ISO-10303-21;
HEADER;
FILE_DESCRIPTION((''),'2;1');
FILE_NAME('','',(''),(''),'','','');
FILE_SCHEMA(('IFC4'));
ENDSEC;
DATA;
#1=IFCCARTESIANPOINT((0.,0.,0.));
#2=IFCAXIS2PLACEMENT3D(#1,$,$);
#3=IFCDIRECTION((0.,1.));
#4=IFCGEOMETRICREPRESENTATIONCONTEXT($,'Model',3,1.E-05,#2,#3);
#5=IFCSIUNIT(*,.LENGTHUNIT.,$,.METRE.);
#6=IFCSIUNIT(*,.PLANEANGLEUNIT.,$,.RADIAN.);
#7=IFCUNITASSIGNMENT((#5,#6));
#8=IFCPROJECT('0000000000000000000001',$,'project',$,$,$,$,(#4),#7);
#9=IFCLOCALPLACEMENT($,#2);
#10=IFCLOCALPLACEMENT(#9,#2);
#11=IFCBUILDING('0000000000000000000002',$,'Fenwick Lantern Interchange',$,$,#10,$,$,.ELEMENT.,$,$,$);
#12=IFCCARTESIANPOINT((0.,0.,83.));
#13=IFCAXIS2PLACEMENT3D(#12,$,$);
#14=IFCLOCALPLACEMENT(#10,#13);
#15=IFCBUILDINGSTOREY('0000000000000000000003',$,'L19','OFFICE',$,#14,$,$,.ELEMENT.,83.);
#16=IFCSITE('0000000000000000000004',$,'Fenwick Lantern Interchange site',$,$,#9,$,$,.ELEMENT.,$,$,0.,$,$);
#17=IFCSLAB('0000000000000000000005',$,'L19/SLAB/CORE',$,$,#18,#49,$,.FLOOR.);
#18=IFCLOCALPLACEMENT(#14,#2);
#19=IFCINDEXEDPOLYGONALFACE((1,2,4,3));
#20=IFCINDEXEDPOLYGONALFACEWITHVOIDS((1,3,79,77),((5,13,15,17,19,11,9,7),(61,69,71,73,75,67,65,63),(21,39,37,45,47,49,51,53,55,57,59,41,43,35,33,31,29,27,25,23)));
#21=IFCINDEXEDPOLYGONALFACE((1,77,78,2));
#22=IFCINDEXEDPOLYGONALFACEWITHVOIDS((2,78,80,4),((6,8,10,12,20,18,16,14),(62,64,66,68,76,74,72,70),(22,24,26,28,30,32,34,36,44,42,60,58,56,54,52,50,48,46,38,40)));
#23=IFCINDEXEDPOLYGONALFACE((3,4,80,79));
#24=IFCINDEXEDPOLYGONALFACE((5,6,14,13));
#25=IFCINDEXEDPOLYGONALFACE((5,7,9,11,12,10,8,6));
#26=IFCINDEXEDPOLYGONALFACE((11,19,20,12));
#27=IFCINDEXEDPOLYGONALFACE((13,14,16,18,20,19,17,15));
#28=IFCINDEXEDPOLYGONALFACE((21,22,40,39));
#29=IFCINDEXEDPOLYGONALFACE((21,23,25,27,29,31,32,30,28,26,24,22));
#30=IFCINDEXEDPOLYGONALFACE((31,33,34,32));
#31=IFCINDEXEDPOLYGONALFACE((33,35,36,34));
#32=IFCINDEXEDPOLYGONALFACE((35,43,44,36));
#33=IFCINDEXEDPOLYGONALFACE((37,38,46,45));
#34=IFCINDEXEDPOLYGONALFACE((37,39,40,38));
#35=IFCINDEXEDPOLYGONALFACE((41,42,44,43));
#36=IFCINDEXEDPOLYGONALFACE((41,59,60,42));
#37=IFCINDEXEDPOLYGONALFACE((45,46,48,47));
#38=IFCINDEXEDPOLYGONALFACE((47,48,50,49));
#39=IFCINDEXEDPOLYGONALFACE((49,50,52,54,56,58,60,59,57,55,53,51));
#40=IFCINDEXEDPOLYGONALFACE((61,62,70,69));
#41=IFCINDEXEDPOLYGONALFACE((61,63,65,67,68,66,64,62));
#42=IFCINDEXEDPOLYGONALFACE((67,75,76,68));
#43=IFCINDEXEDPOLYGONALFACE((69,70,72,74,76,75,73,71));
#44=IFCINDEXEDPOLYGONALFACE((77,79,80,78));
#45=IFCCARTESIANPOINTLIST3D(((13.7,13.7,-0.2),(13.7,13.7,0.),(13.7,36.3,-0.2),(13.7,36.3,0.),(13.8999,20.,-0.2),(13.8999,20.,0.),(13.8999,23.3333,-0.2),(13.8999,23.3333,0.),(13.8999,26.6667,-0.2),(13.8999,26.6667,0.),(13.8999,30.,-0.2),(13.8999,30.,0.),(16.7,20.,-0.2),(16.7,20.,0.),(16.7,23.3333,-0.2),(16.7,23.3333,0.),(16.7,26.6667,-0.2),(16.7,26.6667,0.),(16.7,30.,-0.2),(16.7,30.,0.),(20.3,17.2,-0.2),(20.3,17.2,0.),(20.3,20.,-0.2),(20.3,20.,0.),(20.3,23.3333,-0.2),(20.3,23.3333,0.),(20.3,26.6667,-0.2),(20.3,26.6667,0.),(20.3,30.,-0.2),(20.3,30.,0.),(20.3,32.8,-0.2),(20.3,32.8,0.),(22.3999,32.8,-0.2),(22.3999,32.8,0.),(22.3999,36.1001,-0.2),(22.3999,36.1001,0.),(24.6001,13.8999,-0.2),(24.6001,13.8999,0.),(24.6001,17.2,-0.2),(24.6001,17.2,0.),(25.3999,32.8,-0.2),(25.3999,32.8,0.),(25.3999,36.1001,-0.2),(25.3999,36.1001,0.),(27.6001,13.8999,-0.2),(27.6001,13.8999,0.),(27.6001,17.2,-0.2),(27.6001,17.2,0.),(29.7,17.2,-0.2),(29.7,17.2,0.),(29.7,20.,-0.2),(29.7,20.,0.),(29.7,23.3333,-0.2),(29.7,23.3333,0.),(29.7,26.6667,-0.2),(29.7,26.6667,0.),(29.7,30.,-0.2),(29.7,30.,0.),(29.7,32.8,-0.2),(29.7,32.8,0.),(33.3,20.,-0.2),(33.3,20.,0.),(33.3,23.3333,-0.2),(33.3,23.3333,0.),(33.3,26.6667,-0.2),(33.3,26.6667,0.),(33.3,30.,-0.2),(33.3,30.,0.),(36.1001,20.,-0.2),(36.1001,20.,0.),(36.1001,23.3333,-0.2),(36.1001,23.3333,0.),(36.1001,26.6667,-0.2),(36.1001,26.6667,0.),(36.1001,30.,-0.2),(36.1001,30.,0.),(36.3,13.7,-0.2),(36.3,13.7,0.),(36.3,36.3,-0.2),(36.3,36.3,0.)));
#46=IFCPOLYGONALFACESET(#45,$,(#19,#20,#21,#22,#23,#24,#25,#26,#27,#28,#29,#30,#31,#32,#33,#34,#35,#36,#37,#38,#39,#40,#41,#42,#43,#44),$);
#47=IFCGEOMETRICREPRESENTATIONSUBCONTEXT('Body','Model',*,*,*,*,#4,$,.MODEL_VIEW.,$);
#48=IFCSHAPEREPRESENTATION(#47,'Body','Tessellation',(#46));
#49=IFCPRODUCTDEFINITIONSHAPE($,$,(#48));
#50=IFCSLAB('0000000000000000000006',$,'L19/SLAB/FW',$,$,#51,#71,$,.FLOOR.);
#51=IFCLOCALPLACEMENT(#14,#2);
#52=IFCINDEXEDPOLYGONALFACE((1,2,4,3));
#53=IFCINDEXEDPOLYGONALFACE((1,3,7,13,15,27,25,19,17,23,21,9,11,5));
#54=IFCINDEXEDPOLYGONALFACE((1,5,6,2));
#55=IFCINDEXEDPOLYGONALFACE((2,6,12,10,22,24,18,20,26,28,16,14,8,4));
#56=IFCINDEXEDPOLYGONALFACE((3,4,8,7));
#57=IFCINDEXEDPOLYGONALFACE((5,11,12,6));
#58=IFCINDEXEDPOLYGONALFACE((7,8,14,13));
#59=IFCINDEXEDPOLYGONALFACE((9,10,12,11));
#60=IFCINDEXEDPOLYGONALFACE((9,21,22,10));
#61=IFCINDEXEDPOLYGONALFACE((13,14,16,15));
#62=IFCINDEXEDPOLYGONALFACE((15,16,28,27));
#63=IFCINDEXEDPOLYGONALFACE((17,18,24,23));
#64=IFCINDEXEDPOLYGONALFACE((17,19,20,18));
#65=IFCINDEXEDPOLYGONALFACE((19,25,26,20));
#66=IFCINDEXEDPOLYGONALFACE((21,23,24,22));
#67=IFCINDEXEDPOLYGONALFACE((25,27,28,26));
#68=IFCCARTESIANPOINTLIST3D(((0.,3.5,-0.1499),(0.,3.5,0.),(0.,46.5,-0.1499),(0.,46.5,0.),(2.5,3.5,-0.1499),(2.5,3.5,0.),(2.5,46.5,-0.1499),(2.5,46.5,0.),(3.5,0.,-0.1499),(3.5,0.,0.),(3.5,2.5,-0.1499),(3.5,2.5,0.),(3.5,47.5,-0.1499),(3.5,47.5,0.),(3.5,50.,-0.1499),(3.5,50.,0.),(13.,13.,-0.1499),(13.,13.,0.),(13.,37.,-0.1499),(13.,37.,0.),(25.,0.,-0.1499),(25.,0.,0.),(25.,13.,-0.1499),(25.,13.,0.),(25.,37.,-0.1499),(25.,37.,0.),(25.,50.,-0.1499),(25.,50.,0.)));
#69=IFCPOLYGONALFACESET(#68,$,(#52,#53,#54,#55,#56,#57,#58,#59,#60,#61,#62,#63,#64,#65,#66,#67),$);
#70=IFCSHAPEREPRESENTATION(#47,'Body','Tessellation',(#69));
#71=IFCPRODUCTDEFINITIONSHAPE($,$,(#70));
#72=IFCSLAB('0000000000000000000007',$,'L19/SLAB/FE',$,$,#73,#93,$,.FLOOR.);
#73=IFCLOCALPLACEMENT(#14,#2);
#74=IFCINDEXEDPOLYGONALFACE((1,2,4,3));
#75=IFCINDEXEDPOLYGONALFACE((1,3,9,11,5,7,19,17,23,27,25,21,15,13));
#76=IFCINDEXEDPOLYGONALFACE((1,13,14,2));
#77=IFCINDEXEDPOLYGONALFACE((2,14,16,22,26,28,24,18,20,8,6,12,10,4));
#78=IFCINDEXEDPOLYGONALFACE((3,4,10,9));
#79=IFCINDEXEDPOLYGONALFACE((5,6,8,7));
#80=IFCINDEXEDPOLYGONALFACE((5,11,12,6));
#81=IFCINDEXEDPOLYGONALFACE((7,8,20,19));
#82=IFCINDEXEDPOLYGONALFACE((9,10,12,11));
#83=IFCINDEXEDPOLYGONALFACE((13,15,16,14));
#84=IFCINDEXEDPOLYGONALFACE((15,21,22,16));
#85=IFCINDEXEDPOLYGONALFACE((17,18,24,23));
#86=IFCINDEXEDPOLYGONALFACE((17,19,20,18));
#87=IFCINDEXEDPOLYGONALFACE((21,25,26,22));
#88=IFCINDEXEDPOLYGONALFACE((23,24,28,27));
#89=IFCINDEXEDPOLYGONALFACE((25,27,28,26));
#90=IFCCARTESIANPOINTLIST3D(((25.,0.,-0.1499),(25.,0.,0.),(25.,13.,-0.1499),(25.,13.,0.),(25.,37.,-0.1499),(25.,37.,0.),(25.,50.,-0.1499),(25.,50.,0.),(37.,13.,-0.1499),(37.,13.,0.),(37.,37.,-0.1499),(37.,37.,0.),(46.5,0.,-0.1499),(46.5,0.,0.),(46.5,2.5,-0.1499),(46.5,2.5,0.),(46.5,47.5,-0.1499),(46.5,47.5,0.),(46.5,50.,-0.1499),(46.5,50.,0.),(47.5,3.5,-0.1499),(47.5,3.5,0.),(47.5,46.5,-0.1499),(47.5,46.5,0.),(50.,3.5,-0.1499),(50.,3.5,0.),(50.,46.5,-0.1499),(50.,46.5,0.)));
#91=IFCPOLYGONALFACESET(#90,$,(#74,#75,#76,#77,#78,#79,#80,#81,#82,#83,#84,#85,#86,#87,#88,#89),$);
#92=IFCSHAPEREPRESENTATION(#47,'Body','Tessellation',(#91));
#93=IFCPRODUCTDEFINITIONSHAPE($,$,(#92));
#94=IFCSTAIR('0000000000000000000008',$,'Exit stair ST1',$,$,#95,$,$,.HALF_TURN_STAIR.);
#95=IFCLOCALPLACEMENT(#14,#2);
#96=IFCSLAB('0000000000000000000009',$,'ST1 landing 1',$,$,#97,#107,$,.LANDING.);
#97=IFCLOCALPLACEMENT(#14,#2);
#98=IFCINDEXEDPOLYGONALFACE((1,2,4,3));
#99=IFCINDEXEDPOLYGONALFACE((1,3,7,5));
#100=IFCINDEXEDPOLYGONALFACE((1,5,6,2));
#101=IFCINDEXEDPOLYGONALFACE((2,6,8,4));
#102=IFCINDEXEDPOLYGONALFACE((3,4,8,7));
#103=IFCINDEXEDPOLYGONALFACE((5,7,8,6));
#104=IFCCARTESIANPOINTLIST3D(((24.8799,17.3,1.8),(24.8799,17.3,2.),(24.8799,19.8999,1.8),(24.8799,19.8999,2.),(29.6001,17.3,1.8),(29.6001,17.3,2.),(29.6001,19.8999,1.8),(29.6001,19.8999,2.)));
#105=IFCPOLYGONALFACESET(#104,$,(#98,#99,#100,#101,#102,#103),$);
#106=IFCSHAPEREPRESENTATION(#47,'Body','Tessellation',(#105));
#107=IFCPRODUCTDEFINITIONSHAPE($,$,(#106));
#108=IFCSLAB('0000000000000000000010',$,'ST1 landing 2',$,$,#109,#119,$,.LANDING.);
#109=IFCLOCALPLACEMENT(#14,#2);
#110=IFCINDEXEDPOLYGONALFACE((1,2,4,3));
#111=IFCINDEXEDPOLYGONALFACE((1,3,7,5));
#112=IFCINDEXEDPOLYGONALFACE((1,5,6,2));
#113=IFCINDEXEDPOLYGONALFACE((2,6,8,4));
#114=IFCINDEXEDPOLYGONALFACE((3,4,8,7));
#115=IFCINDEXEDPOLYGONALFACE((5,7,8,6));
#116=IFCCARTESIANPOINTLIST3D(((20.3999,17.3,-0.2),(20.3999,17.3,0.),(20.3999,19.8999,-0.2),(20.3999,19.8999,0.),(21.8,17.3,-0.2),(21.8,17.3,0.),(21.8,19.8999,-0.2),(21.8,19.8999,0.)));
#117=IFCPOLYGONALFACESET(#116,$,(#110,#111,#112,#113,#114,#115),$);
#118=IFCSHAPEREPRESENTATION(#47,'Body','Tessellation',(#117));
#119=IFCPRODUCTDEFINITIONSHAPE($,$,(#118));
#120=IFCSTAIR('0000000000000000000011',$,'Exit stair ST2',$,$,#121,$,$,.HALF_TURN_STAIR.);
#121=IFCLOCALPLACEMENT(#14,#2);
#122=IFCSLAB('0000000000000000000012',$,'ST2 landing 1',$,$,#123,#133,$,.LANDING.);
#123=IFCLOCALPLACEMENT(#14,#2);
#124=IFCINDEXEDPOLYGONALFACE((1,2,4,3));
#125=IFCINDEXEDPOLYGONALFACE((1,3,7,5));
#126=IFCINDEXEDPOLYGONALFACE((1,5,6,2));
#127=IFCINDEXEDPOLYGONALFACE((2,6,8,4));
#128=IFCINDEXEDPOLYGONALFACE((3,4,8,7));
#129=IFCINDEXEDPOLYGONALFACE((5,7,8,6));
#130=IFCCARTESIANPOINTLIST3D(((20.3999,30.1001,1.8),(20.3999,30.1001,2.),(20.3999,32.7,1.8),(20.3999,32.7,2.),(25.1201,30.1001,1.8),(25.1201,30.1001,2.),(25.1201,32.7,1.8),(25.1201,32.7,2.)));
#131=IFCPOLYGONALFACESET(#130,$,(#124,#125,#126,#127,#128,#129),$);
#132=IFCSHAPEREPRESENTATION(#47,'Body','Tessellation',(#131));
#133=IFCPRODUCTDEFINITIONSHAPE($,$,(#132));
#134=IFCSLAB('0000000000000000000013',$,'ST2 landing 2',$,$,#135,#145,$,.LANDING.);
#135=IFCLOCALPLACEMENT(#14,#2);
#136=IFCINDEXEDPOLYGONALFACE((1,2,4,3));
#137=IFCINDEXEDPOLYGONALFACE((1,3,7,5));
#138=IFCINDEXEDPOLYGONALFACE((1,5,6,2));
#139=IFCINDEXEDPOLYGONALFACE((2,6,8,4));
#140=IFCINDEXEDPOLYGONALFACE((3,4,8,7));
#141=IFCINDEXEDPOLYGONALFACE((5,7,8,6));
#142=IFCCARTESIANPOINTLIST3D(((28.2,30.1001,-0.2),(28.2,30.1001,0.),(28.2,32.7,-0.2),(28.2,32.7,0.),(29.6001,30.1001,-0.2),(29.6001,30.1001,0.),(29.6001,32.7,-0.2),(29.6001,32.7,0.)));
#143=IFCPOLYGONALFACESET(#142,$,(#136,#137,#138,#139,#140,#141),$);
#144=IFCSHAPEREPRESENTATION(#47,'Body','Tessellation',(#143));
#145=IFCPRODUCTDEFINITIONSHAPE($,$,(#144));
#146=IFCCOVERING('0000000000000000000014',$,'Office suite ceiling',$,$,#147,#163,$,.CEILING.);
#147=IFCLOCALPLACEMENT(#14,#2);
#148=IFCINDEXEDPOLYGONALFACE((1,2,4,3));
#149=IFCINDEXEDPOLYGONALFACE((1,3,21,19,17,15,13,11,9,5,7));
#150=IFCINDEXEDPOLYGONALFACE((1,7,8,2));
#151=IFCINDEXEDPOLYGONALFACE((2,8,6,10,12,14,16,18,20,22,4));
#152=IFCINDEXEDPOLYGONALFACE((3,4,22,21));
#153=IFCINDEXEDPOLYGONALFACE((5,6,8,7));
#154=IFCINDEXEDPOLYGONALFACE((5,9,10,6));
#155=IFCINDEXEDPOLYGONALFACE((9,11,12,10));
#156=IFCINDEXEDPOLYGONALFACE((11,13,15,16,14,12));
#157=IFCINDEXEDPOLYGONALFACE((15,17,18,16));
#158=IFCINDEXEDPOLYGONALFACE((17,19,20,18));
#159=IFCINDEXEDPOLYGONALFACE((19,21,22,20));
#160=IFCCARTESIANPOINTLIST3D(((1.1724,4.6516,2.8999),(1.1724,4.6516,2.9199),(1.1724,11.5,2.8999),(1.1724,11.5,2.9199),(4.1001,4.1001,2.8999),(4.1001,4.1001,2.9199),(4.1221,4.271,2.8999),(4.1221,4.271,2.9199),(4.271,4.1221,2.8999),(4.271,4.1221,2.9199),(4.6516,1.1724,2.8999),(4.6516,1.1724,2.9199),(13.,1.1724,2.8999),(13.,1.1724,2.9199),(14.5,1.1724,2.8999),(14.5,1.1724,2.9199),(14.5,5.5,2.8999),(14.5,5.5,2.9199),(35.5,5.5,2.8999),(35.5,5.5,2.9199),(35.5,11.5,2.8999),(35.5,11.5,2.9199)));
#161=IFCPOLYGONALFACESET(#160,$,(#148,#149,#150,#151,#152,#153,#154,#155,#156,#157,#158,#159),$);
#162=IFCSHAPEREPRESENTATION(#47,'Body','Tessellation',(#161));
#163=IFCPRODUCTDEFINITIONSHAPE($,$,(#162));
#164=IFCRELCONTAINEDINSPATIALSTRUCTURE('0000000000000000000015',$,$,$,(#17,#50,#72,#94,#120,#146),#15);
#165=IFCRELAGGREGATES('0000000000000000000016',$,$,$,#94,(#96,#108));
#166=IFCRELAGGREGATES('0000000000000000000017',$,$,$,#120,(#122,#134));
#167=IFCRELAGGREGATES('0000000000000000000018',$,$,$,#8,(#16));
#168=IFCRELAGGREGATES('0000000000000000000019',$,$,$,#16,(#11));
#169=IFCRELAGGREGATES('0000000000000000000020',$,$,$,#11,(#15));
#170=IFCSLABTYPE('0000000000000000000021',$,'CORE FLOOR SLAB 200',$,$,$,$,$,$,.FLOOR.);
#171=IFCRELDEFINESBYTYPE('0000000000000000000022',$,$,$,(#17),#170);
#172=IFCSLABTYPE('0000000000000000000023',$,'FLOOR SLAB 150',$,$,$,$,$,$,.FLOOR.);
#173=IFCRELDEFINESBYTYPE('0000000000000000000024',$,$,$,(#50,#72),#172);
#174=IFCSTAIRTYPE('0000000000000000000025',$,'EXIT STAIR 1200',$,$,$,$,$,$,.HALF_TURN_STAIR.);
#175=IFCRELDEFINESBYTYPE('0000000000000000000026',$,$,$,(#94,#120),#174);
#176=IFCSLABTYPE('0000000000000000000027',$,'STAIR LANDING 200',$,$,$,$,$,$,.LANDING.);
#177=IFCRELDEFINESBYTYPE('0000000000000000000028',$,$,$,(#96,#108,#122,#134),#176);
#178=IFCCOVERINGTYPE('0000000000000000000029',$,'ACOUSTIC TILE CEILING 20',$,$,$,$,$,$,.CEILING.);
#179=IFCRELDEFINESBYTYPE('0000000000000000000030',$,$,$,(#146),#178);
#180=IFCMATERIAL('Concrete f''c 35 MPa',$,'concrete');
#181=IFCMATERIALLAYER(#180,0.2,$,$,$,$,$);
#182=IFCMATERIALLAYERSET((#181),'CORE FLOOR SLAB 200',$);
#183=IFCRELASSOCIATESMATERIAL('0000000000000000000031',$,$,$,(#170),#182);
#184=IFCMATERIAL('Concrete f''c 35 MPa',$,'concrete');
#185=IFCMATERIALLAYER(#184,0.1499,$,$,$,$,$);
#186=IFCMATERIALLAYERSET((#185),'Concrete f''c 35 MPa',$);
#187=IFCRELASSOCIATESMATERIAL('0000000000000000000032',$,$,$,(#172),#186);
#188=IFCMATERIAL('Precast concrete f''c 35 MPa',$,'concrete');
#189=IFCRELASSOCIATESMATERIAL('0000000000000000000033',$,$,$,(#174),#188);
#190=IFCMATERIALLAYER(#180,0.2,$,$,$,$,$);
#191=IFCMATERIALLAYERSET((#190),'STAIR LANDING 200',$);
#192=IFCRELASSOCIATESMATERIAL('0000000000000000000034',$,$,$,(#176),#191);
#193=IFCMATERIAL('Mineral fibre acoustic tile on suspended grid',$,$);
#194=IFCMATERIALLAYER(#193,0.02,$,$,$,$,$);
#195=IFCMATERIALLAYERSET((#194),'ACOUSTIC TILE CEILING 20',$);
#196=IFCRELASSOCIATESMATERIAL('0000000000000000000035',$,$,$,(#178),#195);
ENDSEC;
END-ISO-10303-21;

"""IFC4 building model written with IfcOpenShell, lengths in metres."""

from ifc_helpers import new_model, si_unit, direction, frame, origin, place, context, subcontext, project, spatial, polyline, outline, extrude, material, layer, layer_set, type_object, element, aggregate, save


model = new_model("IFC4")

# Units and contexts
model_context = context("Model", 3, precision=1e-05, world=origin(), true_north=direction((0.0, 1.0)))
body_context = subcontext(model_context, "Body", "Model", "MODEL_VIEW")
ifc_project = project(units=[si_unit("LENGTHUNIT", "METRE"), si_unit("PLANEANGLEUNIT", "RADIAN")], contexts=[model_context])

# Site, building, storey
site_placement = place(None, origin())
site = spatial("IfcSite", under=ifc_project, at=site_placement, Name="Fenwick Lantern Interchange site", CompositionType="ELEMENT", RefElevation=0.0)
building_placement = place(site_placement, origin())
building = spatial("IfcBuilding", under=site, at=building_placement, Name="Fenwick Lantern Interchange", CompositionType="ELEMENT")
storey_placement = place(building_placement, frame((0.0, 0.0, 83.0)))
storey = spatial("IfcBuildingStorey", under=building, at=storey_placement, Name="L19", Description="OFFICE", CompositionType="ELEMENT", Elevation=83.0)

# Slabs
ifc_material_1 = material(Name="Concrete f'c 35 MPa", Category="concrete")
ifc_layer_1 = layer(ifc_material_1, 0.2)
ifc_layer_set_1 = layer_set([ifc_layer_1], Name="CORE FLOOR SLAB 200")
slab_type_1 = type_object("IfcSlabType", Name="CORE FLOOR SLAB 200", PredefinedType="FLOOR", material=ifc_layer_set_1)
slab_1_placement = place(storey_placement, frame((0.0, 0.0, -0.2)))
element("IfcSlab", 1, at=slab_1_placement, inside=storey, type_object=slab_type_1, Name="L19/SLAB/CORE", PredefinedType="FLOOR", context=body_context, shape_type="SweptSolid", body=[
    extrude(outline(polyline([(13.7, 36.3), (36.3, 36.3), (36.3, 13.7), (13.7, 13.7), (13.7, 36.3)]), holes=[polyline([(13.8999, 20.0), (16.7, 20.0), (16.7, 23.3333), (16.7, 26.6667), (16.7, 30.0), (13.8999, 30.0), (13.8999, 26.6667), (13.8999, 23.3333), (13.8999, 20.0)]), polyline([(20.3, 20.0), (20.3, 17.2), (24.6001, 17.2), (24.6001, 13.8999), (27.6001, 13.8999), (27.6001, 17.2), (29.7, 17.2), (29.7, 20.0), (29.7, 23.3333), (29.7, 26.6667), (29.7, 30.0), (29.7, 32.8), (25.3999, 32.8), (25.3999, 36.1001), (22.3999, 36.1001), (22.3999, 32.8), (20.3, 32.8), (20.3, 30.0), (20.3, 26.6667), (20.3, 23.3333), (20.3, 20.0)]), polyline([(33.3, 23.3333), (33.3, 20.0), (36.1001, 20.0), (36.1001, 23.3333), (36.1001, 26.6667), (36.1001, 30.0), (33.3, 30.0), (33.3, 26.6667), (33.3, 23.3333)])]), origin(), (0.0, 0.0, 1.0), 0.2),
])
ifc_material_2 = material(Name="Concrete f'c 35 MPa", Category="concrete")
ifc_layer_2 = layer(ifc_material_2, 0.1499)
ifc_layer_set_2 = layer_set([ifc_layer_2], Name="Concrete f'c 35 MPa")
slab_type_2 = type_object("IfcSlabType", Name="FLOOR SLAB 150", PredefinedType="FLOOR", material=ifc_layer_set_2)
slab_2_placement = place(storey_placement, frame((0.0, 0.0, -0.1499)))
element("IfcSlab", 2, at=slab_2_placement, inside=storey, type_object=slab_type_2, Name="L19/SLAB/FW", PredefinedType="FLOOR", context=body_context, shape_type="SweptSolid", body=[
    extrude(outline(polyline([(3.5, 0.0), (3.5, 2.5), (2.5, 3.5), (0.0, 3.5), (0.0, 46.5), (2.5, 46.5), (3.5, 47.5), (3.5, 50.0), (25.0, 50.0), (25.0, 37.0), (13.0, 37.0), (13.0, 13.0), (25.0, 13.0), (25.0, 0.0), (3.5, 0.0)])), origin(), (0.0, 0.0, 1.0), 0.1499),
])
slab_3_placement = place(storey_placement, frame((0.0, 0.0, -0.1499)))
element("IfcSlab", 3, at=slab_3_placement, inside=storey, type_object=slab_type_2, Name="L19/SLAB/FE", PredefinedType="FLOOR", context=body_context, shape_type="SweptSolid", body=[
    extrude(outline(polyline([(46.5, 50.0), (46.5, 47.5), (47.5, 46.5), (50.0, 46.5), (50.0, 3.5), (47.5, 3.5), (46.5, 2.5), (46.5, 0.0), (25.0, 0.0), (25.0, 13.0), (37.0, 13.0), (37.0, 37.0), (25.0, 37.0), (25.0, 50.0), (46.5, 50.0)])), origin(), (0.0, 0.0, 1.0), 0.1499),
])

# Stairs, slabs
ifc_material_3 = material(Name="Precast concrete f'c 35 MPa", Category="concrete")
stair_type = type_object("IfcStairType", Name="EXIT STAIR 1200", PredefinedType="HALF_TURN_STAIR", material=ifc_material_3)
stair_1_placement = place(storey_placement, origin())
stair_1 = element("IfcStair", 4, at=stair_1_placement, inside=storey, type_object=stair_type, Name="Exit stair ST1", PredefinedType="HALF_TURN_STAIR")
ifc_layer_3 = layer(ifc_material_1, 0.2)
ifc_layer_set_3 = layer_set([ifc_layer_3], Name="STAIR LANDING 200")
slab_type_3 = type_object("IfcSlabType", Name="STAIR LANDING 200", PredefinedType="LANDING", material=ifc_layer_set_3)
slab_4_placement = place(storey_placement, frame((0.0, 0.0, 1.8)))
slab_4 = element("IfcSlab", 5, at=slab_4_placement, type_object=slab_type_3, Name="ST1 landing 1", PredefinedType="LANDING", context=body_context, shape_type="SweptSolid", body=[
    extrude(outline(polyline([(24.8799, 17.3), (29.6001, 17.3), (29.6001, 19.8999), (24.8799, 19.8999), (24.8799, 17.3)])), origin(), (0.0, 0.0, 1.0), 0.2),
])
slab_5_placement = place(storey_placement, frame((0.0, 0.0, -0.2)))
slab_5 = element("IfcSlab", 6, at=slab_5_placement, type_object=slab_type_3, Name="ST1 landing 2", PredefinedType="LANDING", context=body_context, shape_type="SweptSolid", body=[
    extrude(outline(polyline([(20.3999, 17.3), (21.8, 17.3), (21.8, 19.8999), (20.3999, 19.8999), (20.3999, 17.3)])), origin(), (0.0, 0.0, 1.0), 0.2),
])
aggregate(stair_1, [slab_4, slab_5])
stair_2_placement = place(storey_placement, origin())
stair_2 = element("IfcStair", 7, at=stair_2_placement, inside=storey, type_object=stair_type, Name="Exit stair ST2", PredefinedType="HALF_TURN_STAIR")
slab_6_placement = place(storey_placement, frame((0.0, 0.0, 1.8)))
slab_6 = element("IfcSlab", 8, at=slab_6_placement, type_object=slab_type_3, Name="ST2 landing 1", PredefinedType="LANDING", context=body_context, shape_type="SweptSolid", body=[
    extrude(outline(polyline([(25.1201, 32.7), (20.3999, 32.7), (20.3999, 30.1001), (25.1201, 30.1001), (25.1201, 32.7)])), origin(), (0.0, 0.0, 1.0), 0.2),
])
slab_7_placement = place(storey_placement, frame((0.0, 0.0, -0.2)))
slab_7 = element("IfcSlab", 9, at=slab_7_placement, type_object=slab_type_3, Name="ST2 landing 2", PredefinedType="LANDING", context=body_context, shape_type="SweptSolid", body=[
    extrude(outline(polyline([(29.6001, 32.7), (28.2, 32.7), (28.2, 30.1001), (29.6001, 30.1001), (29.6001, 32.7)])), origin(), (0.0, 0.0, 1.0), 0.2),
])
aggregate(stair_2, [slab_6, slab_7])

# Covering
ifc_material_4 = material(Name="Mineral fibre acoustic tile on suspended grid")
ifc_layer_4 = layer(ifc_material_4, 0.02)
ifc_layer_set_4 = layer_set([ifc_layer_4], Name="ACOUSTIC TILE CEILING 20")
covering_type_1 = type_object("IfcCoveringType", Name="ACOUSTIC TILE CEILING 20", PredefinedType="CEILING", material=ifc_layer_set_4)
covering_1_placement = place(storey_placement, frame((0.0, 0.0, 2.8999)))
element("IfcCovering", 10, at=covering_1_placement, inside=storey, type_object=covering_type_1, Name="Office suite ceiling", PredefinedType="CEILING", context=body_context, shape_type="SweptSolid", body=[
    extrude(outline(polyline([(35.5, 11.5), (1.1724, 11.5), (1.1724, 4.6516), (4.1221, 4.271), (4.1001, 4.1001), (4.271, 4.1221), (4.6516, 1.1724), (13.0, 1.1724), (14.5, 1.1724), (14.5, 5.5), (35.5, 5.5), (35.5, 11.5)])), origin(), (0.0, 0.0, 1.0), 0.02),
])

save(model, "model.ifc")
